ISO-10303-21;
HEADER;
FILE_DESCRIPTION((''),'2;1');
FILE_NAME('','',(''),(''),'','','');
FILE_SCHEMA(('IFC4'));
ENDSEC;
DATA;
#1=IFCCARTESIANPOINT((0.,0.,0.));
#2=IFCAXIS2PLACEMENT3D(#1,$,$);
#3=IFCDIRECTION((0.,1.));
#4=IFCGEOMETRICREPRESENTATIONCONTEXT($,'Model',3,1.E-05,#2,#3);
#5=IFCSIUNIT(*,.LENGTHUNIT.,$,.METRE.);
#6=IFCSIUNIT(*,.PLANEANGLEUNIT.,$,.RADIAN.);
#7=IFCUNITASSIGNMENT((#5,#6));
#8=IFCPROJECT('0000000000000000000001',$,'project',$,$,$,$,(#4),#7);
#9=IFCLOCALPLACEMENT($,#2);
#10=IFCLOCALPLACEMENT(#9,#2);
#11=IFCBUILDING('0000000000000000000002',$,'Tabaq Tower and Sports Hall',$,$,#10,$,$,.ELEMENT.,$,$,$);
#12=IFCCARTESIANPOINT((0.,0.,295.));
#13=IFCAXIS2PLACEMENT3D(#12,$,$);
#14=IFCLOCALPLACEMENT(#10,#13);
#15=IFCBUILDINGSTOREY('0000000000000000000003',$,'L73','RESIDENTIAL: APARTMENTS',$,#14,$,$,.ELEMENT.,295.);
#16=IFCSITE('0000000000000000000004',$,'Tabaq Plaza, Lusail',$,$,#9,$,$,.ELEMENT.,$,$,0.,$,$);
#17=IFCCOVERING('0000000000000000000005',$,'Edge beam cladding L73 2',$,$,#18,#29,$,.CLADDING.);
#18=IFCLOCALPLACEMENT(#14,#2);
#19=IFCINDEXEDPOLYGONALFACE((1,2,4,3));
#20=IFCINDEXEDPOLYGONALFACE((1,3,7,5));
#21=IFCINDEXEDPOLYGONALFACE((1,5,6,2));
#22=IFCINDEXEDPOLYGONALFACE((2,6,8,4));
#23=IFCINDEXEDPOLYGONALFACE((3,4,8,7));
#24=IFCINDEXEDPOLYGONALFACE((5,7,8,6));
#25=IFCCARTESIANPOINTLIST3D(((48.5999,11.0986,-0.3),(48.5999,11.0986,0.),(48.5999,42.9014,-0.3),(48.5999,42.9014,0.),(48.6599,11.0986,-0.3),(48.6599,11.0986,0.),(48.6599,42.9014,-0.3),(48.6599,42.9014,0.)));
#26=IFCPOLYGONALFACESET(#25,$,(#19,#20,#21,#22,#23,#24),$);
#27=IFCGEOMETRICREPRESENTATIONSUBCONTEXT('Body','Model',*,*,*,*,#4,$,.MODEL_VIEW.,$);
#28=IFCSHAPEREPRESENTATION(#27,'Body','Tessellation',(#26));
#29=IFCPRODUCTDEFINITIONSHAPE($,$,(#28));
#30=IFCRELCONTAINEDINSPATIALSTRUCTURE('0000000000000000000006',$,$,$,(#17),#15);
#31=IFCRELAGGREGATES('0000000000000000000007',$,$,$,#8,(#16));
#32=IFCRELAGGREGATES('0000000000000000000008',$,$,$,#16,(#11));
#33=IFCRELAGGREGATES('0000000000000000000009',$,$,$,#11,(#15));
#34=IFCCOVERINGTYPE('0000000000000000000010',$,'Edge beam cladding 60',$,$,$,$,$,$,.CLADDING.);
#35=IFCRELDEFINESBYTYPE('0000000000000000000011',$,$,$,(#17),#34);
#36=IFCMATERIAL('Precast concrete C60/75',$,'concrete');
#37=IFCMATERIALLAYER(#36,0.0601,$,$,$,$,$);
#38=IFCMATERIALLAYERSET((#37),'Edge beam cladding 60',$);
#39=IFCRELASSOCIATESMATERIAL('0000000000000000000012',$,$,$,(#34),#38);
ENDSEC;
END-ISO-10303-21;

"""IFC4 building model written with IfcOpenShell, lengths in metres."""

from ifc_helpers import new_model, si_unit, direction, frame, frame_2d, origin, place, context, subcontext, project, spatial, rectangle, extrude, material, layer, layer_set, type_object, element, save


model = new_model("IFC4")

# Units and contexts
model_context = context("Model", 3, precision=1e-05, world=origin(), true_north=direction((0.0, 1.0)))
body_context = subcontext(model_context, "Body", "Model", "MODEL_VIEW")
ifc_project = project(units=[si_unit("LENGTHUNIT", "METRE"), si_unit("PLANEANGLEUNIT", "RADIAN")], contexts=[model_context])

# Site, building, storey
site_placement = place(None, origin())
site = spatial("IfcSite", under=ifc_project, at=site_placement, Name="Tabaq Plaza, Lusail", CompositionType="ELEMENT", RefElevation=0.0)
building_placement = place(site_placement, origin())
building = spatial("IfcBuilding", under=site, at=building_placement, Name="Tabaq Tower and Sports Hall", CompositionType="ELEMENT")
storey_placement = place(building_placement, frame((0.0, 0.0, 295.0)))
storey = spatial("IfcBuildingStorey", under=building, at=storey_placement, Name="L73", Description="RESIDENTIAL: APARTMENTS", CompositionType="ELEMENT", Elevation=295.0)

# Covering
ifc_material_1 = material(Name="Precast concrete C60/75", Category="concrete")
ifc_layer_1 = layer(ifc_material_1, 0.0601)
ifc_layer_set_1 = layer_set([ifc_layer_1], Name="Edge beam cladding 60")
covering_type = type_object("IfcCoveringType", Name="Edge beam cladding 60", PredefinedType="CLADDING", material=ifc_layer_set_1)
covering_placement = place(storey_placement, frame((48.6299, 11.0986, -0.3), z_axis=(0.0, 0.0, 1.0), x_axis=(0.0, 1.0, 0.0)))
element("IfcCovering", 1, at=covering_placement, inside=storey, type_object=covering_type, Name="Edge beam cladding L73 2", PredefinedType="CLADDING", context=body_context, shape_type="SweptSolid", body=[
    extrude(rectangle(XDim=31.8027, YDim=0.0601, at=frame_2d((15.9014, 0.0))), origin(), (0.0, 0.0, 1.0), 0.3),
])

save(model, "model.ifc")
